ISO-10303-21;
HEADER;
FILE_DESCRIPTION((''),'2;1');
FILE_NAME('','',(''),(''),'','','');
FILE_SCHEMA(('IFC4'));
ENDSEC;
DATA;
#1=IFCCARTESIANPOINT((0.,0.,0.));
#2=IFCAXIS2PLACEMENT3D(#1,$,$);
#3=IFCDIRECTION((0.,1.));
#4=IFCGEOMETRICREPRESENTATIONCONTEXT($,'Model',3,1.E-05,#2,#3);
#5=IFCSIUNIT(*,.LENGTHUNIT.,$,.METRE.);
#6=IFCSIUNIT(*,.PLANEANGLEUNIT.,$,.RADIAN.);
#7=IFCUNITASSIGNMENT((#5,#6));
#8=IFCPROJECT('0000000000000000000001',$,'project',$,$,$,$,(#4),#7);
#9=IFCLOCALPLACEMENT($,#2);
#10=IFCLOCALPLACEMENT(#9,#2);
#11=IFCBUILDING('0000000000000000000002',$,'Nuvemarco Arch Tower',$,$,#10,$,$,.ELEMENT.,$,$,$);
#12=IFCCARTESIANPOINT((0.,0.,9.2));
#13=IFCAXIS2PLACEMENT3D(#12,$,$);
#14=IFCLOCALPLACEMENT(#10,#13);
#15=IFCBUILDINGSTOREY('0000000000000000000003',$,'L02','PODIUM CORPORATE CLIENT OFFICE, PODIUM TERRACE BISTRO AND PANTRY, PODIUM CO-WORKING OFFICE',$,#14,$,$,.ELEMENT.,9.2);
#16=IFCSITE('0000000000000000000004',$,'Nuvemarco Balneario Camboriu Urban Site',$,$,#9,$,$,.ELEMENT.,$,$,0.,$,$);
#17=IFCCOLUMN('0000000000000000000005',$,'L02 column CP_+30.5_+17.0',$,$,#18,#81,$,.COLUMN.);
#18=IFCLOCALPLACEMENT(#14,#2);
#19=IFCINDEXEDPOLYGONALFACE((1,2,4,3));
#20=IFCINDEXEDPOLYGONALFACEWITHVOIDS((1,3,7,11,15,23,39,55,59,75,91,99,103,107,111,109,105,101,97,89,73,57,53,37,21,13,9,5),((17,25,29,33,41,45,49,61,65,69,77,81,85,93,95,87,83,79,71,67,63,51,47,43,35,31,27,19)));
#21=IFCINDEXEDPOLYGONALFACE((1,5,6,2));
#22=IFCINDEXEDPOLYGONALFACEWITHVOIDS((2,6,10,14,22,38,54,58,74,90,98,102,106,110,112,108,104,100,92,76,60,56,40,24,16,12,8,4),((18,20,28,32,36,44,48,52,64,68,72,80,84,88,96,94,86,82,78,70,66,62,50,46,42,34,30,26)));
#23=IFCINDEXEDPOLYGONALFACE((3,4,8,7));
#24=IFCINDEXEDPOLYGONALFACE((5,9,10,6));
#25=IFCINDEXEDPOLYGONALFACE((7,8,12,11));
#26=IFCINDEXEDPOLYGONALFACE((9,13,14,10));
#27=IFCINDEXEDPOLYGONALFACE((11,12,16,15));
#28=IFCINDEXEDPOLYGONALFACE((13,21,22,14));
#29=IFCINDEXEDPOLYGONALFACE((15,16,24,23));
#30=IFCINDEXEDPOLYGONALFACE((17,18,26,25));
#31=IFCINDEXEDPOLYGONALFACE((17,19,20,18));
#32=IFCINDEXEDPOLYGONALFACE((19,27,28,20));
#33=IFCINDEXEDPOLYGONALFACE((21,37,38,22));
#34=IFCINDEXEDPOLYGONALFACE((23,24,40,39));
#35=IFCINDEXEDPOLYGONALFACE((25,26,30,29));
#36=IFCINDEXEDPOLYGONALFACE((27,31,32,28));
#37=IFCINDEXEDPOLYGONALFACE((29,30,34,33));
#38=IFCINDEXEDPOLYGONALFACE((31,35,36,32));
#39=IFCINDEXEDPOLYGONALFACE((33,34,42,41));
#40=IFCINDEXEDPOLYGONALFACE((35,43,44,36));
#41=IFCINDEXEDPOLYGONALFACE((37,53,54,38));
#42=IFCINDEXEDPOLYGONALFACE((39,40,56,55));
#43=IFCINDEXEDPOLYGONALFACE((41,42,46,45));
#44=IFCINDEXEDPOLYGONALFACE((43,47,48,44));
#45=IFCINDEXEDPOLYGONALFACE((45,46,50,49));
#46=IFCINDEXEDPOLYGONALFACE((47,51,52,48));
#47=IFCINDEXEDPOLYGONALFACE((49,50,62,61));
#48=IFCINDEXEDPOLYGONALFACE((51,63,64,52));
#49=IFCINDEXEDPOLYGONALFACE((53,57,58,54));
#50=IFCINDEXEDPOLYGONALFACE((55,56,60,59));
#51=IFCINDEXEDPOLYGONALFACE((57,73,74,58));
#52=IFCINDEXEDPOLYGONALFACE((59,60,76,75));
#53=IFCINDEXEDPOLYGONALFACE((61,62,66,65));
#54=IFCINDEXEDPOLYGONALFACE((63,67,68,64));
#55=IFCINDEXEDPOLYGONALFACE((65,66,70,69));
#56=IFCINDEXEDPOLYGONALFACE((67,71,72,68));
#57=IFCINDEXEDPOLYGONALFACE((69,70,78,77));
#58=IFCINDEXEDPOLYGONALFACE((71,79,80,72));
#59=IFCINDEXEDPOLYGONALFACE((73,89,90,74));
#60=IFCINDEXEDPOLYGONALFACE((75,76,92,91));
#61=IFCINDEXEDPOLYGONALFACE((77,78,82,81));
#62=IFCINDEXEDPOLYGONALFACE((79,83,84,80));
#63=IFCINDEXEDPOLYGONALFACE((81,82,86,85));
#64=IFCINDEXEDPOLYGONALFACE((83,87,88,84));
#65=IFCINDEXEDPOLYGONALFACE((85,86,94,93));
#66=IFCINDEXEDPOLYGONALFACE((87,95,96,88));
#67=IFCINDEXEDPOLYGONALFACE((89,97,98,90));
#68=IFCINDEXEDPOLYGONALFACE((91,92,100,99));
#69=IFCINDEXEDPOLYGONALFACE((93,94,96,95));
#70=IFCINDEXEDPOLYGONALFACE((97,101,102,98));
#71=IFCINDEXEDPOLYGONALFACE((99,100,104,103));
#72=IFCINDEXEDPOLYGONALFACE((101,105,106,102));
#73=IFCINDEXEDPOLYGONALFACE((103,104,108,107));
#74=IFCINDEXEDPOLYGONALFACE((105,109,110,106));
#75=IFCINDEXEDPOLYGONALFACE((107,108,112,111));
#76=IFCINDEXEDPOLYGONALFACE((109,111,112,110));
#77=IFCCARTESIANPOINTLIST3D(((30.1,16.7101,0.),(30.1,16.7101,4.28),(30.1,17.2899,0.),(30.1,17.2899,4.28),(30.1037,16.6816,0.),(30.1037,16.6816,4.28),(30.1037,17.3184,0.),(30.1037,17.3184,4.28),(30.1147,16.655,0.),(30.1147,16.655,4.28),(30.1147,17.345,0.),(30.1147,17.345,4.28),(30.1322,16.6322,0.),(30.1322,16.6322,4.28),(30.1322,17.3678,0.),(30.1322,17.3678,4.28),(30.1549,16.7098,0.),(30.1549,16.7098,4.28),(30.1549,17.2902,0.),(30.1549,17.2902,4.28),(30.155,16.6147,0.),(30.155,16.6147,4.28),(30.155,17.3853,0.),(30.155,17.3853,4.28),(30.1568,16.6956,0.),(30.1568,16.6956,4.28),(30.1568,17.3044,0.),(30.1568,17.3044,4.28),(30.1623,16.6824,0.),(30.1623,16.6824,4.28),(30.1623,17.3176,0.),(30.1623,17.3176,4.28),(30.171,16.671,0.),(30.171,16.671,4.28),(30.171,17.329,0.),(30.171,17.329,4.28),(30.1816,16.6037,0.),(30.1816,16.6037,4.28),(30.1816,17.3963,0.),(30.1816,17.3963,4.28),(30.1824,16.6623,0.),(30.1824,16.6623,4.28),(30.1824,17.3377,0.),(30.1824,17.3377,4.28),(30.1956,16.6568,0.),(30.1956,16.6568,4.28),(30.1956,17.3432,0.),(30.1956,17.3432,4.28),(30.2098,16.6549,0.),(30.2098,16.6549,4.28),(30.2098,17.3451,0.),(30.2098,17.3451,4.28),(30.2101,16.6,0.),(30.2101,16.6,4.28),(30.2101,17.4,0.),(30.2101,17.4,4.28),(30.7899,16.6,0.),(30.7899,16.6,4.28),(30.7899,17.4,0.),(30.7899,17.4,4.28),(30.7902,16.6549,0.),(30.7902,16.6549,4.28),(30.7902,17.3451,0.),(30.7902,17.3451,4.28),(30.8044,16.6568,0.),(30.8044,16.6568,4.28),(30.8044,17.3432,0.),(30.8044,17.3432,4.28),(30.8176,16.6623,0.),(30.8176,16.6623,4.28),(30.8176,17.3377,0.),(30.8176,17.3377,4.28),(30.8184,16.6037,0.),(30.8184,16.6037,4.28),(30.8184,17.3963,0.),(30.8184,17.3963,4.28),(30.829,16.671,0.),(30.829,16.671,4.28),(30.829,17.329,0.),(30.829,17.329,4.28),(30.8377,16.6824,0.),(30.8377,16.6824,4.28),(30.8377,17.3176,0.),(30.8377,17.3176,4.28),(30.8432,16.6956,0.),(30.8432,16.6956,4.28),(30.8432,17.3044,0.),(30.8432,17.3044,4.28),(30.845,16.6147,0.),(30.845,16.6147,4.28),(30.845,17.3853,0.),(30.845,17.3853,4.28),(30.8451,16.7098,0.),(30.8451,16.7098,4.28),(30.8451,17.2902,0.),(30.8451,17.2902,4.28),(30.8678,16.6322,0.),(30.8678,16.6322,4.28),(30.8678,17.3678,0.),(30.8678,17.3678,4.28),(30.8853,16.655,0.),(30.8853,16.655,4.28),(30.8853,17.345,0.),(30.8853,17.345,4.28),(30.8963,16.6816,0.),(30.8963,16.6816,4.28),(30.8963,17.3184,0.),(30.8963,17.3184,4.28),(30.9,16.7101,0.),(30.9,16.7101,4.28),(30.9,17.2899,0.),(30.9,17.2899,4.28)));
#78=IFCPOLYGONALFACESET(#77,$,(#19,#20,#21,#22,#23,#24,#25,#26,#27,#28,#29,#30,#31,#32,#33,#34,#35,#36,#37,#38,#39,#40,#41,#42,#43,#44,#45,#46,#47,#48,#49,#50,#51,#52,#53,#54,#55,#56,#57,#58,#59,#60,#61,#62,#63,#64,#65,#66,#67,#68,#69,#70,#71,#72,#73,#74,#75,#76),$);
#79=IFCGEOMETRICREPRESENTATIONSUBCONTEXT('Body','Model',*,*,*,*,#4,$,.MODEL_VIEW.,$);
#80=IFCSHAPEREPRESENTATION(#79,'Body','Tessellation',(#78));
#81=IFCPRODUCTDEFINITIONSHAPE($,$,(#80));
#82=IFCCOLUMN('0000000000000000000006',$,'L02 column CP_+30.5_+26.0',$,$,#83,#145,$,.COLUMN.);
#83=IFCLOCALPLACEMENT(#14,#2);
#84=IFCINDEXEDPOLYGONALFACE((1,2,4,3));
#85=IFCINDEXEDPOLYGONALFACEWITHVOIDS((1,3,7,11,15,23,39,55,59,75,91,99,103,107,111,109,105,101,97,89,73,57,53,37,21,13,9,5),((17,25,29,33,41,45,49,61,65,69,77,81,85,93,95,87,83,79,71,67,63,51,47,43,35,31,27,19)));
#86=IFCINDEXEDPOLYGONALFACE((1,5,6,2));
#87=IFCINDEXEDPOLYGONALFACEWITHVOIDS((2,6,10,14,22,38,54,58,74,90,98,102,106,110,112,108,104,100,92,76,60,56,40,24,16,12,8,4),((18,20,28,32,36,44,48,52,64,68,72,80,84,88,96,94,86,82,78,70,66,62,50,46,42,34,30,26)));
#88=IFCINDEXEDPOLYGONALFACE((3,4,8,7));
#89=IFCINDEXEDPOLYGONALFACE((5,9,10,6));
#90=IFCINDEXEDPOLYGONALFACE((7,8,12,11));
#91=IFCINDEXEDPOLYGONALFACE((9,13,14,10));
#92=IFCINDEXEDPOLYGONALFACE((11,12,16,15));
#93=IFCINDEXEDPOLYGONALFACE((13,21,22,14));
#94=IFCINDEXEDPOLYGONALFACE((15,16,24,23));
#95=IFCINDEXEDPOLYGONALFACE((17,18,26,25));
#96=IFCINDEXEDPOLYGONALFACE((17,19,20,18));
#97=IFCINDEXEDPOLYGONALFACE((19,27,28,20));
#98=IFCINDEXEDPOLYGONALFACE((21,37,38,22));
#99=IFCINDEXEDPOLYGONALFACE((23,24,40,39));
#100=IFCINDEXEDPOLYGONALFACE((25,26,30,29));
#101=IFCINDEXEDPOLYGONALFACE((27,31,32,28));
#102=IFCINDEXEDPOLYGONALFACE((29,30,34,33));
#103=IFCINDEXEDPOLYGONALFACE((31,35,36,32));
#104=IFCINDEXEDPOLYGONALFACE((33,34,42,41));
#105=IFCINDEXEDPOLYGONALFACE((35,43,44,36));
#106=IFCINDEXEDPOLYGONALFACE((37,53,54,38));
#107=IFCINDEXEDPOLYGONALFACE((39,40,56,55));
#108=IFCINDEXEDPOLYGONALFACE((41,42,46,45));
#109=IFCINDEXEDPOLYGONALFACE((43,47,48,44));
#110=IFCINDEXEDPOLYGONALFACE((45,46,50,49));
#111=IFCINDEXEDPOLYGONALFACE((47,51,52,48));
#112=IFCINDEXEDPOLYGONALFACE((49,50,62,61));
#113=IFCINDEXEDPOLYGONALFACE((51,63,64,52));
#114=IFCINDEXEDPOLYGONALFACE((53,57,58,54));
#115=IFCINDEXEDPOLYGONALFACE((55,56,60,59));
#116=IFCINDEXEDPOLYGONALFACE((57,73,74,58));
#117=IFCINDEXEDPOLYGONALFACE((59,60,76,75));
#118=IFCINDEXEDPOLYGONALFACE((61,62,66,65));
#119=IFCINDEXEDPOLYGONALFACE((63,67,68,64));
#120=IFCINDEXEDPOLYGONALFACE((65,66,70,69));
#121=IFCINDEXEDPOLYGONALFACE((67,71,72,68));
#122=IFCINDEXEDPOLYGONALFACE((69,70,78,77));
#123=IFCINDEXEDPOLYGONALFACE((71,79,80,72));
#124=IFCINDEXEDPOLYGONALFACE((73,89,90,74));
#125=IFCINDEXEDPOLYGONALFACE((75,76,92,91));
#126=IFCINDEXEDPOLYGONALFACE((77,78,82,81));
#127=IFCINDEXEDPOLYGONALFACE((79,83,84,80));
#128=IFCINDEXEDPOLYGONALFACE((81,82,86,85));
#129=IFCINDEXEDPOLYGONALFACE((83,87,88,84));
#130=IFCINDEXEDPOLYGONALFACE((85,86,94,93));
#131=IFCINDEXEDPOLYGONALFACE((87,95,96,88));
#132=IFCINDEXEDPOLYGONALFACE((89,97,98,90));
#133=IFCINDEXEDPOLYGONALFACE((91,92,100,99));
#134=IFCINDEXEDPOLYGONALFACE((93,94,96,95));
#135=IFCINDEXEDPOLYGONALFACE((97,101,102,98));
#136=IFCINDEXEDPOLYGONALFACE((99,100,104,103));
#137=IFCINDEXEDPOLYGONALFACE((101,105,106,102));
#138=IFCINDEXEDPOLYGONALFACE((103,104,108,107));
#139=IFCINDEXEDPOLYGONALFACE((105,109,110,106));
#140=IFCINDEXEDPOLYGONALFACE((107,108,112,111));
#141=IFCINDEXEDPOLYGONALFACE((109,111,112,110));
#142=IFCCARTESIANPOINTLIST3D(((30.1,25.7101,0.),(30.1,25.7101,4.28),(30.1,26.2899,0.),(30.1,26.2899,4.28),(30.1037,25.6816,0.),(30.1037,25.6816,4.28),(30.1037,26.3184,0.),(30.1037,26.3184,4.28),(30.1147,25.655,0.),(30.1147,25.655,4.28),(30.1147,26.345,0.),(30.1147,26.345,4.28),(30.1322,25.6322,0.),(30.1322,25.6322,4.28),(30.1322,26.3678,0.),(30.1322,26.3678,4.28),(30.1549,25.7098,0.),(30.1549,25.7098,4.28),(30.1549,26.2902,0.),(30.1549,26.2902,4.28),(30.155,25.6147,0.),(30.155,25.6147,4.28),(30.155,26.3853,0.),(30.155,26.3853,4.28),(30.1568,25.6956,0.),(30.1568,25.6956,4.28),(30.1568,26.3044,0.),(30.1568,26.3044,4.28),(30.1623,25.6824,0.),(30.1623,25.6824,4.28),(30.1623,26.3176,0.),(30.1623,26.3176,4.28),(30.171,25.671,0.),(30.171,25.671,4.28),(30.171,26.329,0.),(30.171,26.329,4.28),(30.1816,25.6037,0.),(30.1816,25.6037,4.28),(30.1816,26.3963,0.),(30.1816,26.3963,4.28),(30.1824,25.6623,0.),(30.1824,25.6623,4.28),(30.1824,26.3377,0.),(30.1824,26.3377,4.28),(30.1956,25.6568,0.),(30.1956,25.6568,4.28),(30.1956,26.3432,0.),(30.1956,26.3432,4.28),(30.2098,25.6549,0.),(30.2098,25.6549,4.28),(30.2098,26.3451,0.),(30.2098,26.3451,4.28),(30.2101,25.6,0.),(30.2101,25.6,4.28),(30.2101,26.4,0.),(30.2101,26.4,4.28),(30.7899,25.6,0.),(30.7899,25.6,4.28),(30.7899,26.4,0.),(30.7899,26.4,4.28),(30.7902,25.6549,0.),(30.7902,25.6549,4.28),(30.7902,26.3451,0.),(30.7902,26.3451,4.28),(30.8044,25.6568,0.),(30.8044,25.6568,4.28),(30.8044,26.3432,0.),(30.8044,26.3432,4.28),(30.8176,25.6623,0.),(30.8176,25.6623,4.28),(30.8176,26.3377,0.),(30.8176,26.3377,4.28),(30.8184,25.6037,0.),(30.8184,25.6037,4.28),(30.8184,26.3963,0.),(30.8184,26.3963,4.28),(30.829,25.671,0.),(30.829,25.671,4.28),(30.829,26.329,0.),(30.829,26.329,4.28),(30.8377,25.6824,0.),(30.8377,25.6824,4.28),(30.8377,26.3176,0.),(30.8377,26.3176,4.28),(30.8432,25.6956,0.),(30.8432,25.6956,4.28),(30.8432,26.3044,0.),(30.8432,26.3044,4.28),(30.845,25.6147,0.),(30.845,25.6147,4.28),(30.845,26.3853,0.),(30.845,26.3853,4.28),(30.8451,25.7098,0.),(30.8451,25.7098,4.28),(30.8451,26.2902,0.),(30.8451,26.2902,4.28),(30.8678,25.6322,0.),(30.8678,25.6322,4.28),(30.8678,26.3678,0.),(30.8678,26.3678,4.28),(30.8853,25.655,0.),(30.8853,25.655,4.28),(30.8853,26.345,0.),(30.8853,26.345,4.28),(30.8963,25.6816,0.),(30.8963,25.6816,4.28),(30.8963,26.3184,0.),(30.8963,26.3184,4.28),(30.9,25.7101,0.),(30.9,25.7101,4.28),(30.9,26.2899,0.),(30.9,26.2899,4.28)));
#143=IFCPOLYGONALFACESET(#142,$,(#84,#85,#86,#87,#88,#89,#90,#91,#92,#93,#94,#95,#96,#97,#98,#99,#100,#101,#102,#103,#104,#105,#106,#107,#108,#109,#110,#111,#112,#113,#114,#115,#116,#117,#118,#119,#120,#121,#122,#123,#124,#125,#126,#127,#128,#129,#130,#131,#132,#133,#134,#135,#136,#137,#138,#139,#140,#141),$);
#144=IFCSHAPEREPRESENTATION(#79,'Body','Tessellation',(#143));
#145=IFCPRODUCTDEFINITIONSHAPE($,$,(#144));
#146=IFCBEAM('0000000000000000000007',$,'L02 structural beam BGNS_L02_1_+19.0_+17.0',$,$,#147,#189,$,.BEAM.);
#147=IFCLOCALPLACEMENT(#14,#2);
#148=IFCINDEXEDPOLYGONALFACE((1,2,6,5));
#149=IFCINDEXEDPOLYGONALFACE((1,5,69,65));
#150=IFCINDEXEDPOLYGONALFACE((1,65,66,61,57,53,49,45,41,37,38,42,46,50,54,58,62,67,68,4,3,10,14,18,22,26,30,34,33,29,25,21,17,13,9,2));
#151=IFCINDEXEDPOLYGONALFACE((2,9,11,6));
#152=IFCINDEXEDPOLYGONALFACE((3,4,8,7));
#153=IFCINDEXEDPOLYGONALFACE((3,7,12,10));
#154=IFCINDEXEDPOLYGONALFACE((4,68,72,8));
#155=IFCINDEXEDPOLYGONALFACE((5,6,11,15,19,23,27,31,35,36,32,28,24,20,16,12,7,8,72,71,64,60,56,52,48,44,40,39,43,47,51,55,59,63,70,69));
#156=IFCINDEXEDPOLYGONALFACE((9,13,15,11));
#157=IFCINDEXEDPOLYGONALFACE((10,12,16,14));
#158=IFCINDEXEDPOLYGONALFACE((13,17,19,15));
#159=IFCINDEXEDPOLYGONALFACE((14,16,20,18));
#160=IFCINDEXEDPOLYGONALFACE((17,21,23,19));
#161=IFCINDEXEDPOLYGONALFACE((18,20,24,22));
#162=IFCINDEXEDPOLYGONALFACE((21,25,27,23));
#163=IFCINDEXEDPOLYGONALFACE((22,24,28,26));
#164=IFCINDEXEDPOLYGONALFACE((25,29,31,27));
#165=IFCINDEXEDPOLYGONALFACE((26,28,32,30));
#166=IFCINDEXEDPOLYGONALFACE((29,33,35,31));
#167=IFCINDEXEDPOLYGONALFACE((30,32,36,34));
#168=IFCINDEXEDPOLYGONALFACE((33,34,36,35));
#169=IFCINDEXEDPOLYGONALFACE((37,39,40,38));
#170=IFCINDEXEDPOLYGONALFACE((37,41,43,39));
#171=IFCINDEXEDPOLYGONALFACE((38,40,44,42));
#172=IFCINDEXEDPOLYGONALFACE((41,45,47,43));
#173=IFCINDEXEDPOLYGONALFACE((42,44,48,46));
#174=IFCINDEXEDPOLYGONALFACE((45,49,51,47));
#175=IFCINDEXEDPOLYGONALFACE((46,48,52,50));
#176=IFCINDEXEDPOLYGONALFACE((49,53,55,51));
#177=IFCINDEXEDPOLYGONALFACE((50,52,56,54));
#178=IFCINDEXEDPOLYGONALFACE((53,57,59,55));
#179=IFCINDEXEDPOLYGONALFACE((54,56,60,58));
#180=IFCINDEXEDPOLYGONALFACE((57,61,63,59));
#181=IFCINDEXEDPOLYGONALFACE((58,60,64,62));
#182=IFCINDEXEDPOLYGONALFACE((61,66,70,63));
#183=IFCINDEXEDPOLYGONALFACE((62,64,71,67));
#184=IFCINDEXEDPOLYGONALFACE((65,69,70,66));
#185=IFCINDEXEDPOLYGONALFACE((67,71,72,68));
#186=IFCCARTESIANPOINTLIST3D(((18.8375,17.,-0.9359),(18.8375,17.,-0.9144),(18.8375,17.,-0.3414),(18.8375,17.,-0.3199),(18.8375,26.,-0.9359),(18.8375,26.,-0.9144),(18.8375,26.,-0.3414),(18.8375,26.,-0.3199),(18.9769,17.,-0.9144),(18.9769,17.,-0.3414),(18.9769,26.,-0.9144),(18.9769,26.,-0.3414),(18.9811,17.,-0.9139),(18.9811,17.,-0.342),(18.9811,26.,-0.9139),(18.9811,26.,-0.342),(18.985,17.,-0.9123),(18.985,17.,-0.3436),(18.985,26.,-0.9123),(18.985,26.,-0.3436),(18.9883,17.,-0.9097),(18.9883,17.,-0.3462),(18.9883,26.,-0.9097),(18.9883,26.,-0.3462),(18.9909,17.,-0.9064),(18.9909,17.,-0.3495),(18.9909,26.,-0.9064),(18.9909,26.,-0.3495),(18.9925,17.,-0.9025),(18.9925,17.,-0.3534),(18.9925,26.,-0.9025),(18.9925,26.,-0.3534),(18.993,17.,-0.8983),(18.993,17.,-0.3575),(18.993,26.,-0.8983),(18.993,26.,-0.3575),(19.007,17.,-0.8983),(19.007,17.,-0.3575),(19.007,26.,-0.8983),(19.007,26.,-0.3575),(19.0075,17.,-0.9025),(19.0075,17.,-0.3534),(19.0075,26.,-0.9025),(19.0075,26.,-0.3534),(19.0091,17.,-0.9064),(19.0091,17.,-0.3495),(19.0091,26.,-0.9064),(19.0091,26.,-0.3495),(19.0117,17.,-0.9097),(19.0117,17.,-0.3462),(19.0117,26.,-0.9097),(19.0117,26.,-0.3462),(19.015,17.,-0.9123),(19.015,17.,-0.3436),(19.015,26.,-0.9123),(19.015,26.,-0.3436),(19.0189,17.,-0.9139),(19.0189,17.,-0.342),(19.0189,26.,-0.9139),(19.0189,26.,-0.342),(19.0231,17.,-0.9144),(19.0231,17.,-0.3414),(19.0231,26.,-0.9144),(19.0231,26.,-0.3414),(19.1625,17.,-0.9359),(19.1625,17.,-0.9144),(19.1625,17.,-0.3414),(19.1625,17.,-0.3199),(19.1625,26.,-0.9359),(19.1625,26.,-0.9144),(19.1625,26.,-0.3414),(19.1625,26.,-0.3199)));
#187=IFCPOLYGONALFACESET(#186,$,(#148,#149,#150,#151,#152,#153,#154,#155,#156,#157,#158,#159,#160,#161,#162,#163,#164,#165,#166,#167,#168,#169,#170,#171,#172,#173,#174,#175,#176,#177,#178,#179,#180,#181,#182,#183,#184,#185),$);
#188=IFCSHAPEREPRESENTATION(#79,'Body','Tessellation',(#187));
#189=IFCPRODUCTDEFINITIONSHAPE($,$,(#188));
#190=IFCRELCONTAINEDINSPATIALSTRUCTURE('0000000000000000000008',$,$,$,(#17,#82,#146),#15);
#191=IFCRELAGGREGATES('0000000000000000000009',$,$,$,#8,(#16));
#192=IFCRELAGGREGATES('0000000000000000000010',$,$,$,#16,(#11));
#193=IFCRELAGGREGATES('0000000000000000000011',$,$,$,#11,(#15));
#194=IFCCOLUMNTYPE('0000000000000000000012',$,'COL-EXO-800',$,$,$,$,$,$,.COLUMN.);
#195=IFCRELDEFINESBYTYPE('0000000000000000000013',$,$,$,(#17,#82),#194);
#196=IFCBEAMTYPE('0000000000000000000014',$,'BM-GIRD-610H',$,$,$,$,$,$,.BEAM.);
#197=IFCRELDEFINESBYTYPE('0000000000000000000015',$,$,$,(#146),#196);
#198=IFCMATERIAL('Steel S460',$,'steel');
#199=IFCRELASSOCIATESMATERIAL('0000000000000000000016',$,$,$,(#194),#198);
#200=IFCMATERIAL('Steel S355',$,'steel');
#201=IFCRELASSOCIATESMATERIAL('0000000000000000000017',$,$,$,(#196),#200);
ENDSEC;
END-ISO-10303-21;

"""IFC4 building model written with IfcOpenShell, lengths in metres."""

from ifc_helpers import new_model, si_unit, direction, frame, origin, origin_2d, place, context, subcontext, project, spatial, hollow_rectangle, i_section, extrude, material, material_profile, profile_set, type_object, element, save


model = new_model("IFC4")

# Units and contexts
model_context = context("Model", 3, precision=1e-05, world=origin(), true_north=direction((0.0, 1.0)))
body_context = subcontext(model_context, "Body", "Model", "MODEL_VIEW")
ifc_project = project(units=[si_unit("LENGTHUNIT", "METRE"), si_unit("PLANEANGLEUNIT", "RADIAN")], contexts=[model_context])

# Site, building, storey
site_placement = place(None, origin())
site = spatial("IfcSite", under=ifc_project, at=site_placement, Name="Nuvemarco Balneario Camboriu Urban Site", CompositionType="ELEMENT", RefElevation=0.0)
building_placement = place(site_placement, origin())
building = spatial("IfcBuilding", under=site, at=building_placement, Name="Nuvemarco Arch Tower", CompositionType="ELEMENT")
storey_placement = place(building_placement, frame((0.0, 0.0, 9.2)))
storey = spatial("IfcBuildingStorey", under=building, at=storey_placement, Name="L02", Description="PODIUM CORPORATE CLIENT OFFICE, PODIUM TERRACE BISTRO AND PANTRY, PODIUM CO-WORKING OFFICE", CompositionType="ELEMENT", Elevation=9.2)

# Columns
ifc_material_1 = material(Name="Steel S460", Category="steel")
ifc_material_profile_1 = material_profile(ifc_material_1, hollow_rectangle(XDim=0.8, YDim=0.8, WallThickness=0.0549, InnerFilletRadius=0.0549, OuterFilletRadius=0.1101, at=origin_2d()), Name="SHS800x800x55")
ifc_profile_set_1 = profile_set([ifc_material_profile_1], Name="Steel S460")
column_type_1 = type_object("IfcColumnType", Name="COL-EXO-800", PredefinedType="COLUMN", material=ifc_profile_set_1)
for number, where, z_axis, x_axis, name in (
    (1, (30.5, 17.0, 0.0), (0.0, 0.0, 1.0), (1.0, 0.0, 0.0), "L02 column CP_+30.5_+17.0"),
    (2, (30.5, 26.0, 0.0), (0.0, 0.0, 1.0), (1.0, 0.0, 0.0), "L02 column CP_+30.5_+26.0"),
):
    element("IfcColumn", number, at=place(storey_placement, frame(where, z_axis=z_axis, x_axis=x_axis)), inside=storey, type_object=column_type_1, Name=name, PredefinedType="COLUMN", context=body_context, shape_type="SweptSolid", body=[
        extrude(hollow_rectangle(XDim=0.8, YDim=0.8, WallThickness=0.0549, InnerFilletRadius=0.0549, OuterFilletRadius=0.1101, at=origin_2d()), origin(), (0.0, 0.0, 1.0), 4.28),
    ])

# Beam
ifc_material_2 = material(Name="Steel S355", Category="steel")
ifc_material_profile_2 = material_profile(ifc_material_2, i_section(OverallWidth=0.325, OverallDepth=0.616, WebThickness=0.0139, FlangeThickness=0.0215, FilletRadius=0.0161, at=origin_2d()), Name="W610x174")
ifc_profile_set_2 = profile_set([ifc_material_profile_2], Name="Steel S355")
beam_type_1 = type_object("IfcBeamType", Name="BM-GIRD-610H", PredefinedType="BEAM", material=ifc_profile_set_2)
beam_1_placement = place(storey_placement, frame((19.0, 17.0, -0.6279), z_axis=(0.0, 1.0, 0.0), x_axis=(-1.0, 0.0, 0.0)))
element("IfcBeam", 3, at=beam_1_placement, inside=storey, type_object=beam_type_1, Name="L02 structural beam BGNS_L02_1_+19.0_+17.0", PredefinedType="BEAM", context=body_context, shape_type="SweptSolid", body=[
    extrude(i_section(OverallWidth=0.325, OverallDepth=0.616, WebThickness=0.0139, FlangeThickness=0.0215, FilletRadius=0.0161, at=origin_2d()), origin(), (0.0, 0.0, 1.0), 9.0),
])

save(model, "model.ifc")
